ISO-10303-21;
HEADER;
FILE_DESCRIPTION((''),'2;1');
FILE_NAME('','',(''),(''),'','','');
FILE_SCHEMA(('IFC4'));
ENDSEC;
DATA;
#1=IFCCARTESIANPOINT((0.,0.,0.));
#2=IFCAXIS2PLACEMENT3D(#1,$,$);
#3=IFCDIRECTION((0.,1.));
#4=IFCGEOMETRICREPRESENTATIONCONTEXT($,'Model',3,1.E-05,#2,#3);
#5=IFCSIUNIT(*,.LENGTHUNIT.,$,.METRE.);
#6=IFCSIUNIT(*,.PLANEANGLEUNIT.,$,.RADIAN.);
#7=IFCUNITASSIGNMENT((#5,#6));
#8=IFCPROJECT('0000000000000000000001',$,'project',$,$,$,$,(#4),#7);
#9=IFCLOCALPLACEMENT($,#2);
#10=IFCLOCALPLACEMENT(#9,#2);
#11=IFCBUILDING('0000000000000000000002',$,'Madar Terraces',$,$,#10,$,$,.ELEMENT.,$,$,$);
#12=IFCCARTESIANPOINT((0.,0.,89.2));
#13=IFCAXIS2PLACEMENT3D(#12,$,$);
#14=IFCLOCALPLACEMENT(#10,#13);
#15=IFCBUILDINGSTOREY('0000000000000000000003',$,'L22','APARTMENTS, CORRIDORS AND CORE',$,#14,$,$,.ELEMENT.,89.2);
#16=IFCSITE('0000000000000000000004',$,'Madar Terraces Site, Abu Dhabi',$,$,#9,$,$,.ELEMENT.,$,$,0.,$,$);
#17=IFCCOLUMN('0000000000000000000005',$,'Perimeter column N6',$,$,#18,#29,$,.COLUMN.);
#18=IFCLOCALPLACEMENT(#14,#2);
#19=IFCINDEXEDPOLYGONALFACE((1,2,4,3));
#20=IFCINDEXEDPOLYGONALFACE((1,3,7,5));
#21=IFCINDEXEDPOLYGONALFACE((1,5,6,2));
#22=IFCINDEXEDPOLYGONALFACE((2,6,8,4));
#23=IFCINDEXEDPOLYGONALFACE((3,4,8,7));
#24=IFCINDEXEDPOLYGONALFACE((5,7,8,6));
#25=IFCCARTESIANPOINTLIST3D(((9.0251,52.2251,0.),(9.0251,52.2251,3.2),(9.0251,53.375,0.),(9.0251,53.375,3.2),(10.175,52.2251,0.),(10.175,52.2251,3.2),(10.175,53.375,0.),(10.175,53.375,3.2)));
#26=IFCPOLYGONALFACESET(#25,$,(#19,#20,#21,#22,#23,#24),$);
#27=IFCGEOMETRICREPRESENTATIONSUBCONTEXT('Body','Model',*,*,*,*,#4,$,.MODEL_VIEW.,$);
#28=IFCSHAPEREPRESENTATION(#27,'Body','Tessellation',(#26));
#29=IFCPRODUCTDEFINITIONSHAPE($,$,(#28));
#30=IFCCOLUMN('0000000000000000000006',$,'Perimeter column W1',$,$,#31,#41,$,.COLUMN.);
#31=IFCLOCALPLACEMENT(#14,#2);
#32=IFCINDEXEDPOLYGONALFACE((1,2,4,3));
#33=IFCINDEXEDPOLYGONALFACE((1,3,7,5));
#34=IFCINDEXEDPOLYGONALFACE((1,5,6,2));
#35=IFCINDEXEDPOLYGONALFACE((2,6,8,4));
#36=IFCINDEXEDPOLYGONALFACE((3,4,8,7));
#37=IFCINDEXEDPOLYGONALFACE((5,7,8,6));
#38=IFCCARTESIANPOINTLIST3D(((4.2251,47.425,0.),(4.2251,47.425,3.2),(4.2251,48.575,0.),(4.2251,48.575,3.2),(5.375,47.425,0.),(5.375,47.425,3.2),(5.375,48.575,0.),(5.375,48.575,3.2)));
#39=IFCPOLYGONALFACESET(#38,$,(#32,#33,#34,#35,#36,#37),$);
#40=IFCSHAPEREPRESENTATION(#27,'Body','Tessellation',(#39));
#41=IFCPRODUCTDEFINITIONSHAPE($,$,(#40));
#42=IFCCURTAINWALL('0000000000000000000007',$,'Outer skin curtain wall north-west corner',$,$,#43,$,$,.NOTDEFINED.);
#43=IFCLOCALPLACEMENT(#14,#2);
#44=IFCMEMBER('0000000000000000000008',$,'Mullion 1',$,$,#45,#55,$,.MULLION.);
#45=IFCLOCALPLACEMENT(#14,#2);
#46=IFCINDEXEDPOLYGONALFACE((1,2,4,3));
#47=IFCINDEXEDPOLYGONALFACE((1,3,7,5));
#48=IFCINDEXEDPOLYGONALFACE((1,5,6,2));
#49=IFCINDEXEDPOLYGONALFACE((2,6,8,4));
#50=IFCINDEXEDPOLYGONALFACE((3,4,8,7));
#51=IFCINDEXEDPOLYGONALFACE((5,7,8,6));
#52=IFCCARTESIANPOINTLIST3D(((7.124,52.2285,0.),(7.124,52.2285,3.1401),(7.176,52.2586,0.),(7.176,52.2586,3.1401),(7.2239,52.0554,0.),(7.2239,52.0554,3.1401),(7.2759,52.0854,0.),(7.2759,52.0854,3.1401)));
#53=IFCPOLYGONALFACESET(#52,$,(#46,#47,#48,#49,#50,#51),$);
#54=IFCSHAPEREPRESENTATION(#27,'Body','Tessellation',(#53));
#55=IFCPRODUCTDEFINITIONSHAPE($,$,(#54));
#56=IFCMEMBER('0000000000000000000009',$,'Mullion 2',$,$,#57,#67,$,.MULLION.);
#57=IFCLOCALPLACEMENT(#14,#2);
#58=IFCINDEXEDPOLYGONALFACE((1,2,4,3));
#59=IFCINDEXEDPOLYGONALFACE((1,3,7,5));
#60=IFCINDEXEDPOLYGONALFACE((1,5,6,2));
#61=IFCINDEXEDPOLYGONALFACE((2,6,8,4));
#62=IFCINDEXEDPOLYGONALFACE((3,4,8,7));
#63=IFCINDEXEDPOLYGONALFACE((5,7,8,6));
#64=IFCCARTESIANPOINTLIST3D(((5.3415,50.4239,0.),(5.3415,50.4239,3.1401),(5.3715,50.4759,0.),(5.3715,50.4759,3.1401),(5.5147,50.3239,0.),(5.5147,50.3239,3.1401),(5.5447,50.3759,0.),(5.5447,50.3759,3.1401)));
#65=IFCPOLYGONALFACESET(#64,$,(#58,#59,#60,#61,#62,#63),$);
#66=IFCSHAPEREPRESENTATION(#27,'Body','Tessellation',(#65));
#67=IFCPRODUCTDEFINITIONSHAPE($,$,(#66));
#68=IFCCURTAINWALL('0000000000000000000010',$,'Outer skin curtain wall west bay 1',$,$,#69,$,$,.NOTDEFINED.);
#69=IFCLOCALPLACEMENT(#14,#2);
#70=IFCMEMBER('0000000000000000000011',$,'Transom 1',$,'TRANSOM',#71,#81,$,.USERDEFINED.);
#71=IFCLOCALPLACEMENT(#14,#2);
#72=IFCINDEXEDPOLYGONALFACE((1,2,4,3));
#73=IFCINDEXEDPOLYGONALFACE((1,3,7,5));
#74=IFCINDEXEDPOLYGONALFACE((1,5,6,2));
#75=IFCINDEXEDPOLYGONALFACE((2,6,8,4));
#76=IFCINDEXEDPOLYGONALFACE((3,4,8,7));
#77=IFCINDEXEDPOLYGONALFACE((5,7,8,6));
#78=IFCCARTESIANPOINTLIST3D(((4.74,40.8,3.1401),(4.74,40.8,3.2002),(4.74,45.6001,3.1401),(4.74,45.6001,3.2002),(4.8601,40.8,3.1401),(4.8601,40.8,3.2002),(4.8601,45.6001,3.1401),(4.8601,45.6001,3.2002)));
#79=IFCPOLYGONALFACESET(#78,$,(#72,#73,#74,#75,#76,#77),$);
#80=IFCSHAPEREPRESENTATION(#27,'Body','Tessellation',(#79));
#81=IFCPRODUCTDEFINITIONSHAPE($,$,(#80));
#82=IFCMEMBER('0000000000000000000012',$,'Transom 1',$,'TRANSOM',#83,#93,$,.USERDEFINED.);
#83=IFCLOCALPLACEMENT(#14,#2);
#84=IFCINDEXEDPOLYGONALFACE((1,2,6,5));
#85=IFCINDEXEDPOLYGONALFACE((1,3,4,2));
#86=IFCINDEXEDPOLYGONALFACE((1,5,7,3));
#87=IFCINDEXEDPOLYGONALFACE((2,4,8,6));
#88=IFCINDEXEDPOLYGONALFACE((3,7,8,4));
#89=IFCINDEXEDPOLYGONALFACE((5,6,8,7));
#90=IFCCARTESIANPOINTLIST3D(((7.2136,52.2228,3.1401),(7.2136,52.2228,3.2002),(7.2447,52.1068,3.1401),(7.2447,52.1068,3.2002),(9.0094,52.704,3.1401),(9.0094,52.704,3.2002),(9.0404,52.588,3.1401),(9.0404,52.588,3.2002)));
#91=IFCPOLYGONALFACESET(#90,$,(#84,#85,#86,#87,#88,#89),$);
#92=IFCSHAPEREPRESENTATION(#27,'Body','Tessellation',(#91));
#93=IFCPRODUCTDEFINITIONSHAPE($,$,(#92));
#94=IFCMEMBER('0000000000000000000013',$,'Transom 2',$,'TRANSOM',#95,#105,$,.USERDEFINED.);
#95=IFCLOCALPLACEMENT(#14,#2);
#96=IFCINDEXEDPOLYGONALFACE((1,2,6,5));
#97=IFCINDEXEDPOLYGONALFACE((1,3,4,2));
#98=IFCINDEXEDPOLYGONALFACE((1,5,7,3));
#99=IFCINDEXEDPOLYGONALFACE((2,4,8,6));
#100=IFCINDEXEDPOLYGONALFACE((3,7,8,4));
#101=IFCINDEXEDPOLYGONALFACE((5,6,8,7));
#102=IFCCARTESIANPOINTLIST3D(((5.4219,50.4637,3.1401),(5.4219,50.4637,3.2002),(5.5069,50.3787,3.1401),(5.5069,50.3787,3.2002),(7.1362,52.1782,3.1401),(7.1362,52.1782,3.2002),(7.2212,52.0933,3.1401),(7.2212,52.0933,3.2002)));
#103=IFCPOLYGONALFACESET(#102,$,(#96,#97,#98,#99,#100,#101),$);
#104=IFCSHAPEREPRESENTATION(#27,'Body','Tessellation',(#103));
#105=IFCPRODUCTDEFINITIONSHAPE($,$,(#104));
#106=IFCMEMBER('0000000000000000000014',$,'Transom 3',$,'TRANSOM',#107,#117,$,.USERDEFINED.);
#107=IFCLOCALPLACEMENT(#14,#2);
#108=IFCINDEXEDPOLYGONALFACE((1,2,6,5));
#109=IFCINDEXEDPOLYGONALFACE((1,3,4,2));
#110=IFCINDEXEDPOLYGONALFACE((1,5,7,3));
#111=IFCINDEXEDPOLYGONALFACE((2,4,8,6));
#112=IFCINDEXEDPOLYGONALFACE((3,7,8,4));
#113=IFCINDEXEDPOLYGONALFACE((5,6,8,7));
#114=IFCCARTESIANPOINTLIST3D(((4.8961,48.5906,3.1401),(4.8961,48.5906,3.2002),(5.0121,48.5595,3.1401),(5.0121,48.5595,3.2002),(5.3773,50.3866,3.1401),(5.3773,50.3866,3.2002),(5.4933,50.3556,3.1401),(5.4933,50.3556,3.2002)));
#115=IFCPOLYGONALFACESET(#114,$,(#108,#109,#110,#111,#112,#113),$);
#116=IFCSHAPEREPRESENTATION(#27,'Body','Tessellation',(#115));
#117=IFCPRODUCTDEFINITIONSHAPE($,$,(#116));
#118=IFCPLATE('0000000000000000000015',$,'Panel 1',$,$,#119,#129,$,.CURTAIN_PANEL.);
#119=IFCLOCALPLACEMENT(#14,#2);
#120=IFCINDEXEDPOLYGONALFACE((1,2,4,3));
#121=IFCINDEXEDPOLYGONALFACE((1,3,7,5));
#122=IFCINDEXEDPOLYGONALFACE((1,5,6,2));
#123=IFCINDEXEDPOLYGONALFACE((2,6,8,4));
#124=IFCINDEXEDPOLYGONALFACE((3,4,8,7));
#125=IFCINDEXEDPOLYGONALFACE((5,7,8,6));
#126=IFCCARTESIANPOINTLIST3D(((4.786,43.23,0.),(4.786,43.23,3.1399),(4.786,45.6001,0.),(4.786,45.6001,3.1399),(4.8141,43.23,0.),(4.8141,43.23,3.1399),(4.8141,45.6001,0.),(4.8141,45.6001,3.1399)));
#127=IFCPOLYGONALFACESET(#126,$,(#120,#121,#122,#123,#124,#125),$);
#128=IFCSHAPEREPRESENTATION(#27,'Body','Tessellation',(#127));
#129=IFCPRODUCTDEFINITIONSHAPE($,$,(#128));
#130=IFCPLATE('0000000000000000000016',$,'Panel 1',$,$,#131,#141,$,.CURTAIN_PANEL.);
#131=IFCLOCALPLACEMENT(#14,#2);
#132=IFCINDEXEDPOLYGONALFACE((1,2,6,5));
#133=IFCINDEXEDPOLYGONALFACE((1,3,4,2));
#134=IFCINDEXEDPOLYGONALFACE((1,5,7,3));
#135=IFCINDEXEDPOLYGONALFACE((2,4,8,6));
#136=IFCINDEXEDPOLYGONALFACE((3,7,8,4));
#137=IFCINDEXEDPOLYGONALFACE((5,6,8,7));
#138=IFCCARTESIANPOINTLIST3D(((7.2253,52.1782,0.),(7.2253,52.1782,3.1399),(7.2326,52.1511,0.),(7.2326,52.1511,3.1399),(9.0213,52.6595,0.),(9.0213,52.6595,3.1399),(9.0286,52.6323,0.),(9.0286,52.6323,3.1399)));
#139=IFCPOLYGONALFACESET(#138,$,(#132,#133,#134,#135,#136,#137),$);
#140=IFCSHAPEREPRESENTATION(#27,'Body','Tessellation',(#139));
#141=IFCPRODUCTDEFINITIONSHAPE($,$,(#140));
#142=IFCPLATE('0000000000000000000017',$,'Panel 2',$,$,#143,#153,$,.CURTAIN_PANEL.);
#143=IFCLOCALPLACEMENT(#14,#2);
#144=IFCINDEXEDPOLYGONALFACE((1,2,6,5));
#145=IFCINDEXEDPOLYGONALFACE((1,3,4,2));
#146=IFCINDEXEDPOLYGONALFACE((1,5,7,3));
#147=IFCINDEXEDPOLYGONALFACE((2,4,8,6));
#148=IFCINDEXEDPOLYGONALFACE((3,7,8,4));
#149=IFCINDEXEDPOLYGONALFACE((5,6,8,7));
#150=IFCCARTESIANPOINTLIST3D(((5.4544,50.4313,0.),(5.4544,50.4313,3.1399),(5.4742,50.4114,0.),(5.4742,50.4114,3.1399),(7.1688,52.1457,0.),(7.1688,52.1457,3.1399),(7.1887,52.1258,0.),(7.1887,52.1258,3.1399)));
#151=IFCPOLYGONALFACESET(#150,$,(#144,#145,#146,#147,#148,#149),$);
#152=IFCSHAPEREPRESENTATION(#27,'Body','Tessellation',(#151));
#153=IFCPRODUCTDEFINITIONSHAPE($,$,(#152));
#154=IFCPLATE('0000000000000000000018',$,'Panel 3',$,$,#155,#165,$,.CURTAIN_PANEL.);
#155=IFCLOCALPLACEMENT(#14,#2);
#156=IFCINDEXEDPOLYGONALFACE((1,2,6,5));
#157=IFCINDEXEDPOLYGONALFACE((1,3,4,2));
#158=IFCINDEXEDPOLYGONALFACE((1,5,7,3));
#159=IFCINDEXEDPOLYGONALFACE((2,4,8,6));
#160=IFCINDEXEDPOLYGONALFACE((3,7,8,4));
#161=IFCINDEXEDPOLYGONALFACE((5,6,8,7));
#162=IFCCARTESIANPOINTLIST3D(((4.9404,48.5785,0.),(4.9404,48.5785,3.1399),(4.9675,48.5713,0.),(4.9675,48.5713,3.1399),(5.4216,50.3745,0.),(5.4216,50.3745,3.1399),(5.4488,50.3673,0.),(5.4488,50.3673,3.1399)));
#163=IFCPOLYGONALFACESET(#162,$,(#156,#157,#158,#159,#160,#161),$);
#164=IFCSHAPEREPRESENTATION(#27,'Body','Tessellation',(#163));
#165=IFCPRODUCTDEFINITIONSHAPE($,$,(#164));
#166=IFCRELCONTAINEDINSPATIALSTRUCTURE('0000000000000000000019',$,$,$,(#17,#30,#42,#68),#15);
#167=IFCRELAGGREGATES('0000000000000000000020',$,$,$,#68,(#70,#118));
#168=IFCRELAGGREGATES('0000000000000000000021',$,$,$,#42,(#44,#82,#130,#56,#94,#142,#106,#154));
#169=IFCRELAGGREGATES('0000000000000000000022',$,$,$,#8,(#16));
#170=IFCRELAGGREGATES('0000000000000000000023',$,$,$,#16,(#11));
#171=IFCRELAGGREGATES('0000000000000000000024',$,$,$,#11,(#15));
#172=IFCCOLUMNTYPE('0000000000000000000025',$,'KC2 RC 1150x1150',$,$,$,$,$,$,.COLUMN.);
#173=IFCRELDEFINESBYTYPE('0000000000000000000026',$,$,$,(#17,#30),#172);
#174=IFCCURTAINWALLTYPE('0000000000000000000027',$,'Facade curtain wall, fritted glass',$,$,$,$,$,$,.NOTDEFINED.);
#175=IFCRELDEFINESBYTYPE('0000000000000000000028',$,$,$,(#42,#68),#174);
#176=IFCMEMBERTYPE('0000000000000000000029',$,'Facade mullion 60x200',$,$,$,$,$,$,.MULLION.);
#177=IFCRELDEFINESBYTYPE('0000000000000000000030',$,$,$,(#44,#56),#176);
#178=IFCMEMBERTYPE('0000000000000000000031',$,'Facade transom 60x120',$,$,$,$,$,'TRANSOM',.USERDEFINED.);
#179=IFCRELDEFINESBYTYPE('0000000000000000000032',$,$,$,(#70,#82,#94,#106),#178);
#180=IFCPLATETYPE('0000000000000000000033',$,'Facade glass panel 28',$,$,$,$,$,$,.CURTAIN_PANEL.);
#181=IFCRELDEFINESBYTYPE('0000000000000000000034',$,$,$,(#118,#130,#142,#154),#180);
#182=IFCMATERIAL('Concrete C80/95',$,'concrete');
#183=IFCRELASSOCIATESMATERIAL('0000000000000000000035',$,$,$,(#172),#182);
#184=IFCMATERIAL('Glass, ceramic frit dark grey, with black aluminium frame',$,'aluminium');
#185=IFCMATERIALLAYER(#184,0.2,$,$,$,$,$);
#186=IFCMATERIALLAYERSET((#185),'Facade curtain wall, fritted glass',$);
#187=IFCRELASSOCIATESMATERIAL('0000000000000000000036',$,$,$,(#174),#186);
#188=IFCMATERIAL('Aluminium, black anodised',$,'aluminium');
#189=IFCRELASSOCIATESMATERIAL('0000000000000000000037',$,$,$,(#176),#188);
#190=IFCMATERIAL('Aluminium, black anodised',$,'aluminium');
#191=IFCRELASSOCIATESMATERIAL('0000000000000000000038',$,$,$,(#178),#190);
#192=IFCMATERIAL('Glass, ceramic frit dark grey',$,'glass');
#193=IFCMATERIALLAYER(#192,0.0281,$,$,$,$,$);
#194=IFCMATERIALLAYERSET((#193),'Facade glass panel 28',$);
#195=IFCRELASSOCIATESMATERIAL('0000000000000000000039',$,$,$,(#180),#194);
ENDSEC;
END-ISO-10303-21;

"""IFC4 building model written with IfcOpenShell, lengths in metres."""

from ifc_helpers import new_model, si_unit, direction, frame, origin, origin_2d, place, context, subcontext, project, spatial, rectangle, extrude, material, layer, layer_set, material_profile, profile_set, type_object, element, aggregate, save


model = new_model("IFC4")

# Units and contexts
model_context = context("Model", 3, precision=1e-05, world=origin(), true_north=direction((0.0, 1.0)))
body_context = subcontext(model_context, "Body", "Model", "MODEL_VIEW")
ifc_project = project(units=[si_unit("LENGTHUNIT", "METRE"), si_unit("PLANEANGLEUNIT", "RADIAN")], contexts=[model_context])

# Site, building, storey
site_placement = place(None, origin())
site = spatial("IfcSite", under=ifc_project, at=site_placement, Name="Madar Terraces Site, Abu Dhabi", CompositionType="ELEMENT", RefElevation=0.0)
building_placement = place(site_placement, origin())
building = spatial("IfcBuilding", under=site, at=building_placement, Name="Madar Terraces", CompositionType="ELEMENT")
storey_placement = place(building_placement, frame((0.0, 0.0, 89.2)))
storey = spatial("IfcBuildingStorey", under=building, at=storey_placement, Name="L22", Description="APARTMENTS, CORRIDORS AND CORE", CompositionType="ELEMENT", Elevation=89.2)

# Columns
ifc_material_1 = material(Name="Concrete C80/95", Category="concrete")
ifc_material_profile_1 = material_profile(ifc_material_1, rectangle(XDim=1.1499, YDim=1.1499, at=origin_2d()), Name="KC2 RC 1150x1150")
ifc_profile_set_1 = profile_set([ifc_material_profile_1], Name="Concrete C80/95")
column_type = type_object("IfcColumnType", Name="KC2 RC 1150x1150", PredefinedType="COLUMN", material=ifc_profile_set_1)
for number, where, z_axis, x_axis, name in (
    (1, (9.6001, 52.8, 0.0), (0.0, 0.0, 1.0), (1.0, 0.0, 0.0), "Perimeter column N6"),
    (2, (4.8, 48.0, 0.0), (0.0, 0.0, 1.0), (1.0, 0.0, 0.0), "Perimeter column W1"),
):
    element("IfcColumn", number, at=place(storey_placement, frame(where, z_axis=z_axis, x_axis=x_axis)), inside=storey, type_object=column_type, Name=name, PredefinedType="COLUMN", context=body_context, shape_type="SweptSolid", body=[
        extrude(rectangle(XDim=1.1499, YDim=1.1499, at=origin_2d()), origin(), (0.0, 0.0, 1.0), 3.2),
    ])

# Curtain wall, members
ifc_material_2 = material(Name="Glass, ceramic frit dark grey, with black aluminium frame", Category="aluminium")
ifc_layer_1 = layer(ifc_material_2, 0.2)
ifc_layer_set_1 = layer_set([ifc_layer_1], Name="Facade curtain wall, fritted glass")
curtain_wall_type = type_object("IfcCurtainWallType", Name="Facade curtain wall, fritted glass", PredefinedType="NOTDEFINED", material=ifc_layer_set_1)
curtain_wall_1_placement = place(storey_placement, origin())
curtain_wall_1 = element("IfcCurtainWall", 3, at=curtain_wall_1_placement, inside=storey, type_object=curtain_wall_type, Name="Outer skin curtain wall north-west corner", PredefinedType="NOTDEFINED")
ifc_material_3 = material(Name="Aluminium, black anodised", Category="aluminium")
ifc_material_profile_2 = material_profile(ifc_material_3, rectangle(XDim=0.2, YDim=0.0601, at=origin_2d()), Name="Facade mullion 60x200")
ifc_profile_set_2 = profile_set([ifc_material_profile_2], Name="Aluminium, black anodised")
member_type_1 = type_object("IfcMemberType", Name="Facade mullion 60x200", PredefinedType="MULLION", material=ifc_profile_set_2)
member_1_placement = place(storey_placement, frame((7.2, 52.157, 0.0), z_axis=(0.0, 0.0, 1.0), x_axis=(0.5, -0.866025, 0.0)))
member_1 = element("IfcMember", 4, at=member_1_placement, type_object=member_type_1, Name="Mullion 1", PredefinedType="MULLION", context=body_context, shape_type="SweptSolid", body=[
    extrude(rectangle(XDim=0.2, YDim=0.0601, at=origin_2d()), origin(), (0.0, 0.0, 1.0), 3.1401),
])
member_2_placement = place(storey_placement, frame((5.4431, 50.3999, 0.0), z_axis=(0.0, 0.0, 1.0), x_axis=(0.866025, -0.5, 0.0)))
member_2 = element("IfcMember", 5, at=member_2_placement, type_object=member_type_1, Name="Mullion 2", PredefinedType="MULLION", context=body_context, shape_type="SweptSolid", body=[
    extrude(rectangle(XDim=0.2, YDim=0.0601, at=origin_2d()), origin(), (0.0, 0.0, 1.0), 3.1401),
])

# Curtain wall, member
curtain_wall_2_placement = place(storey_placement, origin())
curtain_wall_2 = element("IfcCurtainWall", 6, at=curtain_wall_2_placement, inside=storey, type_object=curtain_wall_type, Name="Outer skin curtain wall west bay 1", PredefinedType="NOTDEFINED")
ifc_material_4 = material(Name="Aluminium, black anodised", Category="aluminium")
ifc_material_profile_3 = material_profile(ifc_material_4, rectangle(XDim=0.1201, YDim=0.0601, at=origin_2d()), Name="Facade transom 60x120")
ifc_profile_set_3 = profile_set([ifc_material_profile_3], Name="Aluminium, black anodised")
member_type_2 = type_object("IfcMemberType", Name="Facade transom 60x120", ElementType="TRANSOM", PredefinedType="USERDEFINED", material=ifc_profile_set_3)
member_3_placement = place(storey_placement, frame((4.8, 45.6001, 3.1702), z_axis=(0.0, -1.0, 0.0), x_axis=(1.0, 0.0, 0.0)))
member_3 = element("IfcMember", 7, at=member_3_placement, type_object=member_type_2, Name="Transom 1", ObjectType="TRANSOM", PredefinedType="USERDEFINED", context=body_context, shape_type="SweptSolid", body=[
    extrude(rectangle(XDim=0.1201, YDim=0.0601, at=origin_2d()), origin(), (0.0, 0.0, 1.0), 4.8),
])

# Members
member_4_placement = place(storey_placement, frame((9.0249, 52.646, 3.1702), z_axis=(-0.965927, -0.258815, 0.0), x_axis=(0.258815, -0.965927, 0.0)))
member_4 = element("IfcMember", 8, at=member_4_placement, type_object=member_type_2, Name="Transom 1", ObjectType="TRANSOM", PredefinedType="USERDEFINED", context=body_context, shape_type="SweptSolid", body=[
    extrude(rectangle(XDim=0.1201, YDim=0.0601, at=origin_2d()), origin(), (0.0, 0.0, 1.0), 1.8591),
])
member_5_placement = place(storey_placement, frame((7.1787, 52.1357, 3.1702), z_axis=(-0.707056, -0.707157, 0.0), x_axis=(0.707157, -0.707056, 0.0)))
member_5 = element("IfcMember", 9, at=member_5_placement, type_object=member_type_2, Name="Transom 2", ObjectType="TRANSOM", PredefinedType="USERDEFINED", context=body_context, shape_type="SweptSolid", body=[
    extrude(rectangle(XDim=0.1201, YDim=0.0601, at=origin_2d()), origin(), (0.0, 0.0, 1.0), 2.4246),
])
member_6_placement = place(storey_placement, frame((5.4353, 50.3711, 3.1702), z_axis=(-0.258782, -0.965936, 0.0), x_axis=(0.965936, -0.258782, 0.0)))
member_6 = element("IfcMember", 10, at=member_6_placement, type_object=member_type_2, Name="Transom 3", ObjectType="TRANSOM", PredefinedType="USERDEFINED", context=body_context, shape_type="SweptSolid", body=[
    extrude(rectangle(XDim=0.1201, YDim=0.0601, at=origin_2d()), origin(), (0.0, 0.0, 1.0), 1.8594),
])

# Plates
ifc_material_5 = material(Name="Glass, ceramic frit dark grey", Category="glass")
ifc_layer_2 = layer(ifc_material_5, 0.0281)
ifc_layer_set_2 = layer_set([ifc_layer_2], Name="Facade glass panel 28")
plate_type = type_object("IfcPlateType", Name="Facade glass panel 28", PredefinedType="CURTAIN_PANEL", material=ifc_layer_set_2)
plate_1_placement = place(storey_placement, frame((4.8, 44.415, 0.0), z_axis=(0.0, 0.0, 1.0), x_axis=(0.0, -1.0, 0.0)))
plate_1 = element("IfcPlate", 11, at=plate_1_placement, type_object=plate_type, Name="Panel 1", PredefinedType="CURTAIN_PANEL", context=body_context, shape_type="SweptSolid", body=[
    extrude(rectangle(XDim=2.3701, YDim=0.0281, at=origin_2d()), origin(), (0.0, 0.0, 1.0), 3.1399),
])
aggregate(curtain_wall_2, [member_3, plate_1])
plate_2_placement = place(storey_placement, frame((8.127, 52.4053, 0.0), z_axis=(0.0, 0.0, 1.0), x_axis=(-0.965926, -0.258819, 0.0)))
plate_2 = element("IfcPlate", 12, at=plate_2_placement, type_object=plate_type, Name="Panel 1", PredefinedType="CURTAIN_PANEL", context=body_context, shape_type="SweptSolid", body=[
    extrude(rectangle(XDim=1.8594, YDim=0.0281, at=origin_2d()), origin(), (0.0, 0.0, 1.0), 3.1399),
])
plate_3_placement = place(storey_placement, frame((6.3215, 51.2786, 0.0), z_axis=(0.0, 0.0, 1.0), x_axis=(-0.707107, -0.707107, 0.0)))
plate_3 = element("IfcPlate", 13, at=plate_3_placement, type_object=plate_type, Name="Panel 2", PredefinedType="CURTAIN_PANEL", context=body_context, shape_type="SweptSolid", body=[
    extrude(rectangle(XDim=2.4246, YDim=0.0281, at=origin_2d()), origin(), (0.0, 0.0, 1.0), 3.1399),
])
plate_4_placement = place(storey_placement, frame((5.1946, 49.4729, 0.0), z_axis=(0.0, 0.0, 1.0), x_axis=(-0.258819, -0.965926, 0.0)))
plate_4 = element("IfcPlate", 14, at=plate_4_placement, type_object=plate_type, Name="Panel 3", PredefinedType="CURTAIN_PANEL", context=body_context, shape_type="SweptSolid", body=[
    extrude(rectangle(XDim=1.8594, YDim=0.0281, at=origin_2d()), origin(), (0.0, 0.0, 1.0), 3.1399),
])
aggregate(curtain_wall_1, [member_1, member_4, plate_2, member_2, member_5, plate_3, member_6, plate_4])

save(model, "model.ifc")
